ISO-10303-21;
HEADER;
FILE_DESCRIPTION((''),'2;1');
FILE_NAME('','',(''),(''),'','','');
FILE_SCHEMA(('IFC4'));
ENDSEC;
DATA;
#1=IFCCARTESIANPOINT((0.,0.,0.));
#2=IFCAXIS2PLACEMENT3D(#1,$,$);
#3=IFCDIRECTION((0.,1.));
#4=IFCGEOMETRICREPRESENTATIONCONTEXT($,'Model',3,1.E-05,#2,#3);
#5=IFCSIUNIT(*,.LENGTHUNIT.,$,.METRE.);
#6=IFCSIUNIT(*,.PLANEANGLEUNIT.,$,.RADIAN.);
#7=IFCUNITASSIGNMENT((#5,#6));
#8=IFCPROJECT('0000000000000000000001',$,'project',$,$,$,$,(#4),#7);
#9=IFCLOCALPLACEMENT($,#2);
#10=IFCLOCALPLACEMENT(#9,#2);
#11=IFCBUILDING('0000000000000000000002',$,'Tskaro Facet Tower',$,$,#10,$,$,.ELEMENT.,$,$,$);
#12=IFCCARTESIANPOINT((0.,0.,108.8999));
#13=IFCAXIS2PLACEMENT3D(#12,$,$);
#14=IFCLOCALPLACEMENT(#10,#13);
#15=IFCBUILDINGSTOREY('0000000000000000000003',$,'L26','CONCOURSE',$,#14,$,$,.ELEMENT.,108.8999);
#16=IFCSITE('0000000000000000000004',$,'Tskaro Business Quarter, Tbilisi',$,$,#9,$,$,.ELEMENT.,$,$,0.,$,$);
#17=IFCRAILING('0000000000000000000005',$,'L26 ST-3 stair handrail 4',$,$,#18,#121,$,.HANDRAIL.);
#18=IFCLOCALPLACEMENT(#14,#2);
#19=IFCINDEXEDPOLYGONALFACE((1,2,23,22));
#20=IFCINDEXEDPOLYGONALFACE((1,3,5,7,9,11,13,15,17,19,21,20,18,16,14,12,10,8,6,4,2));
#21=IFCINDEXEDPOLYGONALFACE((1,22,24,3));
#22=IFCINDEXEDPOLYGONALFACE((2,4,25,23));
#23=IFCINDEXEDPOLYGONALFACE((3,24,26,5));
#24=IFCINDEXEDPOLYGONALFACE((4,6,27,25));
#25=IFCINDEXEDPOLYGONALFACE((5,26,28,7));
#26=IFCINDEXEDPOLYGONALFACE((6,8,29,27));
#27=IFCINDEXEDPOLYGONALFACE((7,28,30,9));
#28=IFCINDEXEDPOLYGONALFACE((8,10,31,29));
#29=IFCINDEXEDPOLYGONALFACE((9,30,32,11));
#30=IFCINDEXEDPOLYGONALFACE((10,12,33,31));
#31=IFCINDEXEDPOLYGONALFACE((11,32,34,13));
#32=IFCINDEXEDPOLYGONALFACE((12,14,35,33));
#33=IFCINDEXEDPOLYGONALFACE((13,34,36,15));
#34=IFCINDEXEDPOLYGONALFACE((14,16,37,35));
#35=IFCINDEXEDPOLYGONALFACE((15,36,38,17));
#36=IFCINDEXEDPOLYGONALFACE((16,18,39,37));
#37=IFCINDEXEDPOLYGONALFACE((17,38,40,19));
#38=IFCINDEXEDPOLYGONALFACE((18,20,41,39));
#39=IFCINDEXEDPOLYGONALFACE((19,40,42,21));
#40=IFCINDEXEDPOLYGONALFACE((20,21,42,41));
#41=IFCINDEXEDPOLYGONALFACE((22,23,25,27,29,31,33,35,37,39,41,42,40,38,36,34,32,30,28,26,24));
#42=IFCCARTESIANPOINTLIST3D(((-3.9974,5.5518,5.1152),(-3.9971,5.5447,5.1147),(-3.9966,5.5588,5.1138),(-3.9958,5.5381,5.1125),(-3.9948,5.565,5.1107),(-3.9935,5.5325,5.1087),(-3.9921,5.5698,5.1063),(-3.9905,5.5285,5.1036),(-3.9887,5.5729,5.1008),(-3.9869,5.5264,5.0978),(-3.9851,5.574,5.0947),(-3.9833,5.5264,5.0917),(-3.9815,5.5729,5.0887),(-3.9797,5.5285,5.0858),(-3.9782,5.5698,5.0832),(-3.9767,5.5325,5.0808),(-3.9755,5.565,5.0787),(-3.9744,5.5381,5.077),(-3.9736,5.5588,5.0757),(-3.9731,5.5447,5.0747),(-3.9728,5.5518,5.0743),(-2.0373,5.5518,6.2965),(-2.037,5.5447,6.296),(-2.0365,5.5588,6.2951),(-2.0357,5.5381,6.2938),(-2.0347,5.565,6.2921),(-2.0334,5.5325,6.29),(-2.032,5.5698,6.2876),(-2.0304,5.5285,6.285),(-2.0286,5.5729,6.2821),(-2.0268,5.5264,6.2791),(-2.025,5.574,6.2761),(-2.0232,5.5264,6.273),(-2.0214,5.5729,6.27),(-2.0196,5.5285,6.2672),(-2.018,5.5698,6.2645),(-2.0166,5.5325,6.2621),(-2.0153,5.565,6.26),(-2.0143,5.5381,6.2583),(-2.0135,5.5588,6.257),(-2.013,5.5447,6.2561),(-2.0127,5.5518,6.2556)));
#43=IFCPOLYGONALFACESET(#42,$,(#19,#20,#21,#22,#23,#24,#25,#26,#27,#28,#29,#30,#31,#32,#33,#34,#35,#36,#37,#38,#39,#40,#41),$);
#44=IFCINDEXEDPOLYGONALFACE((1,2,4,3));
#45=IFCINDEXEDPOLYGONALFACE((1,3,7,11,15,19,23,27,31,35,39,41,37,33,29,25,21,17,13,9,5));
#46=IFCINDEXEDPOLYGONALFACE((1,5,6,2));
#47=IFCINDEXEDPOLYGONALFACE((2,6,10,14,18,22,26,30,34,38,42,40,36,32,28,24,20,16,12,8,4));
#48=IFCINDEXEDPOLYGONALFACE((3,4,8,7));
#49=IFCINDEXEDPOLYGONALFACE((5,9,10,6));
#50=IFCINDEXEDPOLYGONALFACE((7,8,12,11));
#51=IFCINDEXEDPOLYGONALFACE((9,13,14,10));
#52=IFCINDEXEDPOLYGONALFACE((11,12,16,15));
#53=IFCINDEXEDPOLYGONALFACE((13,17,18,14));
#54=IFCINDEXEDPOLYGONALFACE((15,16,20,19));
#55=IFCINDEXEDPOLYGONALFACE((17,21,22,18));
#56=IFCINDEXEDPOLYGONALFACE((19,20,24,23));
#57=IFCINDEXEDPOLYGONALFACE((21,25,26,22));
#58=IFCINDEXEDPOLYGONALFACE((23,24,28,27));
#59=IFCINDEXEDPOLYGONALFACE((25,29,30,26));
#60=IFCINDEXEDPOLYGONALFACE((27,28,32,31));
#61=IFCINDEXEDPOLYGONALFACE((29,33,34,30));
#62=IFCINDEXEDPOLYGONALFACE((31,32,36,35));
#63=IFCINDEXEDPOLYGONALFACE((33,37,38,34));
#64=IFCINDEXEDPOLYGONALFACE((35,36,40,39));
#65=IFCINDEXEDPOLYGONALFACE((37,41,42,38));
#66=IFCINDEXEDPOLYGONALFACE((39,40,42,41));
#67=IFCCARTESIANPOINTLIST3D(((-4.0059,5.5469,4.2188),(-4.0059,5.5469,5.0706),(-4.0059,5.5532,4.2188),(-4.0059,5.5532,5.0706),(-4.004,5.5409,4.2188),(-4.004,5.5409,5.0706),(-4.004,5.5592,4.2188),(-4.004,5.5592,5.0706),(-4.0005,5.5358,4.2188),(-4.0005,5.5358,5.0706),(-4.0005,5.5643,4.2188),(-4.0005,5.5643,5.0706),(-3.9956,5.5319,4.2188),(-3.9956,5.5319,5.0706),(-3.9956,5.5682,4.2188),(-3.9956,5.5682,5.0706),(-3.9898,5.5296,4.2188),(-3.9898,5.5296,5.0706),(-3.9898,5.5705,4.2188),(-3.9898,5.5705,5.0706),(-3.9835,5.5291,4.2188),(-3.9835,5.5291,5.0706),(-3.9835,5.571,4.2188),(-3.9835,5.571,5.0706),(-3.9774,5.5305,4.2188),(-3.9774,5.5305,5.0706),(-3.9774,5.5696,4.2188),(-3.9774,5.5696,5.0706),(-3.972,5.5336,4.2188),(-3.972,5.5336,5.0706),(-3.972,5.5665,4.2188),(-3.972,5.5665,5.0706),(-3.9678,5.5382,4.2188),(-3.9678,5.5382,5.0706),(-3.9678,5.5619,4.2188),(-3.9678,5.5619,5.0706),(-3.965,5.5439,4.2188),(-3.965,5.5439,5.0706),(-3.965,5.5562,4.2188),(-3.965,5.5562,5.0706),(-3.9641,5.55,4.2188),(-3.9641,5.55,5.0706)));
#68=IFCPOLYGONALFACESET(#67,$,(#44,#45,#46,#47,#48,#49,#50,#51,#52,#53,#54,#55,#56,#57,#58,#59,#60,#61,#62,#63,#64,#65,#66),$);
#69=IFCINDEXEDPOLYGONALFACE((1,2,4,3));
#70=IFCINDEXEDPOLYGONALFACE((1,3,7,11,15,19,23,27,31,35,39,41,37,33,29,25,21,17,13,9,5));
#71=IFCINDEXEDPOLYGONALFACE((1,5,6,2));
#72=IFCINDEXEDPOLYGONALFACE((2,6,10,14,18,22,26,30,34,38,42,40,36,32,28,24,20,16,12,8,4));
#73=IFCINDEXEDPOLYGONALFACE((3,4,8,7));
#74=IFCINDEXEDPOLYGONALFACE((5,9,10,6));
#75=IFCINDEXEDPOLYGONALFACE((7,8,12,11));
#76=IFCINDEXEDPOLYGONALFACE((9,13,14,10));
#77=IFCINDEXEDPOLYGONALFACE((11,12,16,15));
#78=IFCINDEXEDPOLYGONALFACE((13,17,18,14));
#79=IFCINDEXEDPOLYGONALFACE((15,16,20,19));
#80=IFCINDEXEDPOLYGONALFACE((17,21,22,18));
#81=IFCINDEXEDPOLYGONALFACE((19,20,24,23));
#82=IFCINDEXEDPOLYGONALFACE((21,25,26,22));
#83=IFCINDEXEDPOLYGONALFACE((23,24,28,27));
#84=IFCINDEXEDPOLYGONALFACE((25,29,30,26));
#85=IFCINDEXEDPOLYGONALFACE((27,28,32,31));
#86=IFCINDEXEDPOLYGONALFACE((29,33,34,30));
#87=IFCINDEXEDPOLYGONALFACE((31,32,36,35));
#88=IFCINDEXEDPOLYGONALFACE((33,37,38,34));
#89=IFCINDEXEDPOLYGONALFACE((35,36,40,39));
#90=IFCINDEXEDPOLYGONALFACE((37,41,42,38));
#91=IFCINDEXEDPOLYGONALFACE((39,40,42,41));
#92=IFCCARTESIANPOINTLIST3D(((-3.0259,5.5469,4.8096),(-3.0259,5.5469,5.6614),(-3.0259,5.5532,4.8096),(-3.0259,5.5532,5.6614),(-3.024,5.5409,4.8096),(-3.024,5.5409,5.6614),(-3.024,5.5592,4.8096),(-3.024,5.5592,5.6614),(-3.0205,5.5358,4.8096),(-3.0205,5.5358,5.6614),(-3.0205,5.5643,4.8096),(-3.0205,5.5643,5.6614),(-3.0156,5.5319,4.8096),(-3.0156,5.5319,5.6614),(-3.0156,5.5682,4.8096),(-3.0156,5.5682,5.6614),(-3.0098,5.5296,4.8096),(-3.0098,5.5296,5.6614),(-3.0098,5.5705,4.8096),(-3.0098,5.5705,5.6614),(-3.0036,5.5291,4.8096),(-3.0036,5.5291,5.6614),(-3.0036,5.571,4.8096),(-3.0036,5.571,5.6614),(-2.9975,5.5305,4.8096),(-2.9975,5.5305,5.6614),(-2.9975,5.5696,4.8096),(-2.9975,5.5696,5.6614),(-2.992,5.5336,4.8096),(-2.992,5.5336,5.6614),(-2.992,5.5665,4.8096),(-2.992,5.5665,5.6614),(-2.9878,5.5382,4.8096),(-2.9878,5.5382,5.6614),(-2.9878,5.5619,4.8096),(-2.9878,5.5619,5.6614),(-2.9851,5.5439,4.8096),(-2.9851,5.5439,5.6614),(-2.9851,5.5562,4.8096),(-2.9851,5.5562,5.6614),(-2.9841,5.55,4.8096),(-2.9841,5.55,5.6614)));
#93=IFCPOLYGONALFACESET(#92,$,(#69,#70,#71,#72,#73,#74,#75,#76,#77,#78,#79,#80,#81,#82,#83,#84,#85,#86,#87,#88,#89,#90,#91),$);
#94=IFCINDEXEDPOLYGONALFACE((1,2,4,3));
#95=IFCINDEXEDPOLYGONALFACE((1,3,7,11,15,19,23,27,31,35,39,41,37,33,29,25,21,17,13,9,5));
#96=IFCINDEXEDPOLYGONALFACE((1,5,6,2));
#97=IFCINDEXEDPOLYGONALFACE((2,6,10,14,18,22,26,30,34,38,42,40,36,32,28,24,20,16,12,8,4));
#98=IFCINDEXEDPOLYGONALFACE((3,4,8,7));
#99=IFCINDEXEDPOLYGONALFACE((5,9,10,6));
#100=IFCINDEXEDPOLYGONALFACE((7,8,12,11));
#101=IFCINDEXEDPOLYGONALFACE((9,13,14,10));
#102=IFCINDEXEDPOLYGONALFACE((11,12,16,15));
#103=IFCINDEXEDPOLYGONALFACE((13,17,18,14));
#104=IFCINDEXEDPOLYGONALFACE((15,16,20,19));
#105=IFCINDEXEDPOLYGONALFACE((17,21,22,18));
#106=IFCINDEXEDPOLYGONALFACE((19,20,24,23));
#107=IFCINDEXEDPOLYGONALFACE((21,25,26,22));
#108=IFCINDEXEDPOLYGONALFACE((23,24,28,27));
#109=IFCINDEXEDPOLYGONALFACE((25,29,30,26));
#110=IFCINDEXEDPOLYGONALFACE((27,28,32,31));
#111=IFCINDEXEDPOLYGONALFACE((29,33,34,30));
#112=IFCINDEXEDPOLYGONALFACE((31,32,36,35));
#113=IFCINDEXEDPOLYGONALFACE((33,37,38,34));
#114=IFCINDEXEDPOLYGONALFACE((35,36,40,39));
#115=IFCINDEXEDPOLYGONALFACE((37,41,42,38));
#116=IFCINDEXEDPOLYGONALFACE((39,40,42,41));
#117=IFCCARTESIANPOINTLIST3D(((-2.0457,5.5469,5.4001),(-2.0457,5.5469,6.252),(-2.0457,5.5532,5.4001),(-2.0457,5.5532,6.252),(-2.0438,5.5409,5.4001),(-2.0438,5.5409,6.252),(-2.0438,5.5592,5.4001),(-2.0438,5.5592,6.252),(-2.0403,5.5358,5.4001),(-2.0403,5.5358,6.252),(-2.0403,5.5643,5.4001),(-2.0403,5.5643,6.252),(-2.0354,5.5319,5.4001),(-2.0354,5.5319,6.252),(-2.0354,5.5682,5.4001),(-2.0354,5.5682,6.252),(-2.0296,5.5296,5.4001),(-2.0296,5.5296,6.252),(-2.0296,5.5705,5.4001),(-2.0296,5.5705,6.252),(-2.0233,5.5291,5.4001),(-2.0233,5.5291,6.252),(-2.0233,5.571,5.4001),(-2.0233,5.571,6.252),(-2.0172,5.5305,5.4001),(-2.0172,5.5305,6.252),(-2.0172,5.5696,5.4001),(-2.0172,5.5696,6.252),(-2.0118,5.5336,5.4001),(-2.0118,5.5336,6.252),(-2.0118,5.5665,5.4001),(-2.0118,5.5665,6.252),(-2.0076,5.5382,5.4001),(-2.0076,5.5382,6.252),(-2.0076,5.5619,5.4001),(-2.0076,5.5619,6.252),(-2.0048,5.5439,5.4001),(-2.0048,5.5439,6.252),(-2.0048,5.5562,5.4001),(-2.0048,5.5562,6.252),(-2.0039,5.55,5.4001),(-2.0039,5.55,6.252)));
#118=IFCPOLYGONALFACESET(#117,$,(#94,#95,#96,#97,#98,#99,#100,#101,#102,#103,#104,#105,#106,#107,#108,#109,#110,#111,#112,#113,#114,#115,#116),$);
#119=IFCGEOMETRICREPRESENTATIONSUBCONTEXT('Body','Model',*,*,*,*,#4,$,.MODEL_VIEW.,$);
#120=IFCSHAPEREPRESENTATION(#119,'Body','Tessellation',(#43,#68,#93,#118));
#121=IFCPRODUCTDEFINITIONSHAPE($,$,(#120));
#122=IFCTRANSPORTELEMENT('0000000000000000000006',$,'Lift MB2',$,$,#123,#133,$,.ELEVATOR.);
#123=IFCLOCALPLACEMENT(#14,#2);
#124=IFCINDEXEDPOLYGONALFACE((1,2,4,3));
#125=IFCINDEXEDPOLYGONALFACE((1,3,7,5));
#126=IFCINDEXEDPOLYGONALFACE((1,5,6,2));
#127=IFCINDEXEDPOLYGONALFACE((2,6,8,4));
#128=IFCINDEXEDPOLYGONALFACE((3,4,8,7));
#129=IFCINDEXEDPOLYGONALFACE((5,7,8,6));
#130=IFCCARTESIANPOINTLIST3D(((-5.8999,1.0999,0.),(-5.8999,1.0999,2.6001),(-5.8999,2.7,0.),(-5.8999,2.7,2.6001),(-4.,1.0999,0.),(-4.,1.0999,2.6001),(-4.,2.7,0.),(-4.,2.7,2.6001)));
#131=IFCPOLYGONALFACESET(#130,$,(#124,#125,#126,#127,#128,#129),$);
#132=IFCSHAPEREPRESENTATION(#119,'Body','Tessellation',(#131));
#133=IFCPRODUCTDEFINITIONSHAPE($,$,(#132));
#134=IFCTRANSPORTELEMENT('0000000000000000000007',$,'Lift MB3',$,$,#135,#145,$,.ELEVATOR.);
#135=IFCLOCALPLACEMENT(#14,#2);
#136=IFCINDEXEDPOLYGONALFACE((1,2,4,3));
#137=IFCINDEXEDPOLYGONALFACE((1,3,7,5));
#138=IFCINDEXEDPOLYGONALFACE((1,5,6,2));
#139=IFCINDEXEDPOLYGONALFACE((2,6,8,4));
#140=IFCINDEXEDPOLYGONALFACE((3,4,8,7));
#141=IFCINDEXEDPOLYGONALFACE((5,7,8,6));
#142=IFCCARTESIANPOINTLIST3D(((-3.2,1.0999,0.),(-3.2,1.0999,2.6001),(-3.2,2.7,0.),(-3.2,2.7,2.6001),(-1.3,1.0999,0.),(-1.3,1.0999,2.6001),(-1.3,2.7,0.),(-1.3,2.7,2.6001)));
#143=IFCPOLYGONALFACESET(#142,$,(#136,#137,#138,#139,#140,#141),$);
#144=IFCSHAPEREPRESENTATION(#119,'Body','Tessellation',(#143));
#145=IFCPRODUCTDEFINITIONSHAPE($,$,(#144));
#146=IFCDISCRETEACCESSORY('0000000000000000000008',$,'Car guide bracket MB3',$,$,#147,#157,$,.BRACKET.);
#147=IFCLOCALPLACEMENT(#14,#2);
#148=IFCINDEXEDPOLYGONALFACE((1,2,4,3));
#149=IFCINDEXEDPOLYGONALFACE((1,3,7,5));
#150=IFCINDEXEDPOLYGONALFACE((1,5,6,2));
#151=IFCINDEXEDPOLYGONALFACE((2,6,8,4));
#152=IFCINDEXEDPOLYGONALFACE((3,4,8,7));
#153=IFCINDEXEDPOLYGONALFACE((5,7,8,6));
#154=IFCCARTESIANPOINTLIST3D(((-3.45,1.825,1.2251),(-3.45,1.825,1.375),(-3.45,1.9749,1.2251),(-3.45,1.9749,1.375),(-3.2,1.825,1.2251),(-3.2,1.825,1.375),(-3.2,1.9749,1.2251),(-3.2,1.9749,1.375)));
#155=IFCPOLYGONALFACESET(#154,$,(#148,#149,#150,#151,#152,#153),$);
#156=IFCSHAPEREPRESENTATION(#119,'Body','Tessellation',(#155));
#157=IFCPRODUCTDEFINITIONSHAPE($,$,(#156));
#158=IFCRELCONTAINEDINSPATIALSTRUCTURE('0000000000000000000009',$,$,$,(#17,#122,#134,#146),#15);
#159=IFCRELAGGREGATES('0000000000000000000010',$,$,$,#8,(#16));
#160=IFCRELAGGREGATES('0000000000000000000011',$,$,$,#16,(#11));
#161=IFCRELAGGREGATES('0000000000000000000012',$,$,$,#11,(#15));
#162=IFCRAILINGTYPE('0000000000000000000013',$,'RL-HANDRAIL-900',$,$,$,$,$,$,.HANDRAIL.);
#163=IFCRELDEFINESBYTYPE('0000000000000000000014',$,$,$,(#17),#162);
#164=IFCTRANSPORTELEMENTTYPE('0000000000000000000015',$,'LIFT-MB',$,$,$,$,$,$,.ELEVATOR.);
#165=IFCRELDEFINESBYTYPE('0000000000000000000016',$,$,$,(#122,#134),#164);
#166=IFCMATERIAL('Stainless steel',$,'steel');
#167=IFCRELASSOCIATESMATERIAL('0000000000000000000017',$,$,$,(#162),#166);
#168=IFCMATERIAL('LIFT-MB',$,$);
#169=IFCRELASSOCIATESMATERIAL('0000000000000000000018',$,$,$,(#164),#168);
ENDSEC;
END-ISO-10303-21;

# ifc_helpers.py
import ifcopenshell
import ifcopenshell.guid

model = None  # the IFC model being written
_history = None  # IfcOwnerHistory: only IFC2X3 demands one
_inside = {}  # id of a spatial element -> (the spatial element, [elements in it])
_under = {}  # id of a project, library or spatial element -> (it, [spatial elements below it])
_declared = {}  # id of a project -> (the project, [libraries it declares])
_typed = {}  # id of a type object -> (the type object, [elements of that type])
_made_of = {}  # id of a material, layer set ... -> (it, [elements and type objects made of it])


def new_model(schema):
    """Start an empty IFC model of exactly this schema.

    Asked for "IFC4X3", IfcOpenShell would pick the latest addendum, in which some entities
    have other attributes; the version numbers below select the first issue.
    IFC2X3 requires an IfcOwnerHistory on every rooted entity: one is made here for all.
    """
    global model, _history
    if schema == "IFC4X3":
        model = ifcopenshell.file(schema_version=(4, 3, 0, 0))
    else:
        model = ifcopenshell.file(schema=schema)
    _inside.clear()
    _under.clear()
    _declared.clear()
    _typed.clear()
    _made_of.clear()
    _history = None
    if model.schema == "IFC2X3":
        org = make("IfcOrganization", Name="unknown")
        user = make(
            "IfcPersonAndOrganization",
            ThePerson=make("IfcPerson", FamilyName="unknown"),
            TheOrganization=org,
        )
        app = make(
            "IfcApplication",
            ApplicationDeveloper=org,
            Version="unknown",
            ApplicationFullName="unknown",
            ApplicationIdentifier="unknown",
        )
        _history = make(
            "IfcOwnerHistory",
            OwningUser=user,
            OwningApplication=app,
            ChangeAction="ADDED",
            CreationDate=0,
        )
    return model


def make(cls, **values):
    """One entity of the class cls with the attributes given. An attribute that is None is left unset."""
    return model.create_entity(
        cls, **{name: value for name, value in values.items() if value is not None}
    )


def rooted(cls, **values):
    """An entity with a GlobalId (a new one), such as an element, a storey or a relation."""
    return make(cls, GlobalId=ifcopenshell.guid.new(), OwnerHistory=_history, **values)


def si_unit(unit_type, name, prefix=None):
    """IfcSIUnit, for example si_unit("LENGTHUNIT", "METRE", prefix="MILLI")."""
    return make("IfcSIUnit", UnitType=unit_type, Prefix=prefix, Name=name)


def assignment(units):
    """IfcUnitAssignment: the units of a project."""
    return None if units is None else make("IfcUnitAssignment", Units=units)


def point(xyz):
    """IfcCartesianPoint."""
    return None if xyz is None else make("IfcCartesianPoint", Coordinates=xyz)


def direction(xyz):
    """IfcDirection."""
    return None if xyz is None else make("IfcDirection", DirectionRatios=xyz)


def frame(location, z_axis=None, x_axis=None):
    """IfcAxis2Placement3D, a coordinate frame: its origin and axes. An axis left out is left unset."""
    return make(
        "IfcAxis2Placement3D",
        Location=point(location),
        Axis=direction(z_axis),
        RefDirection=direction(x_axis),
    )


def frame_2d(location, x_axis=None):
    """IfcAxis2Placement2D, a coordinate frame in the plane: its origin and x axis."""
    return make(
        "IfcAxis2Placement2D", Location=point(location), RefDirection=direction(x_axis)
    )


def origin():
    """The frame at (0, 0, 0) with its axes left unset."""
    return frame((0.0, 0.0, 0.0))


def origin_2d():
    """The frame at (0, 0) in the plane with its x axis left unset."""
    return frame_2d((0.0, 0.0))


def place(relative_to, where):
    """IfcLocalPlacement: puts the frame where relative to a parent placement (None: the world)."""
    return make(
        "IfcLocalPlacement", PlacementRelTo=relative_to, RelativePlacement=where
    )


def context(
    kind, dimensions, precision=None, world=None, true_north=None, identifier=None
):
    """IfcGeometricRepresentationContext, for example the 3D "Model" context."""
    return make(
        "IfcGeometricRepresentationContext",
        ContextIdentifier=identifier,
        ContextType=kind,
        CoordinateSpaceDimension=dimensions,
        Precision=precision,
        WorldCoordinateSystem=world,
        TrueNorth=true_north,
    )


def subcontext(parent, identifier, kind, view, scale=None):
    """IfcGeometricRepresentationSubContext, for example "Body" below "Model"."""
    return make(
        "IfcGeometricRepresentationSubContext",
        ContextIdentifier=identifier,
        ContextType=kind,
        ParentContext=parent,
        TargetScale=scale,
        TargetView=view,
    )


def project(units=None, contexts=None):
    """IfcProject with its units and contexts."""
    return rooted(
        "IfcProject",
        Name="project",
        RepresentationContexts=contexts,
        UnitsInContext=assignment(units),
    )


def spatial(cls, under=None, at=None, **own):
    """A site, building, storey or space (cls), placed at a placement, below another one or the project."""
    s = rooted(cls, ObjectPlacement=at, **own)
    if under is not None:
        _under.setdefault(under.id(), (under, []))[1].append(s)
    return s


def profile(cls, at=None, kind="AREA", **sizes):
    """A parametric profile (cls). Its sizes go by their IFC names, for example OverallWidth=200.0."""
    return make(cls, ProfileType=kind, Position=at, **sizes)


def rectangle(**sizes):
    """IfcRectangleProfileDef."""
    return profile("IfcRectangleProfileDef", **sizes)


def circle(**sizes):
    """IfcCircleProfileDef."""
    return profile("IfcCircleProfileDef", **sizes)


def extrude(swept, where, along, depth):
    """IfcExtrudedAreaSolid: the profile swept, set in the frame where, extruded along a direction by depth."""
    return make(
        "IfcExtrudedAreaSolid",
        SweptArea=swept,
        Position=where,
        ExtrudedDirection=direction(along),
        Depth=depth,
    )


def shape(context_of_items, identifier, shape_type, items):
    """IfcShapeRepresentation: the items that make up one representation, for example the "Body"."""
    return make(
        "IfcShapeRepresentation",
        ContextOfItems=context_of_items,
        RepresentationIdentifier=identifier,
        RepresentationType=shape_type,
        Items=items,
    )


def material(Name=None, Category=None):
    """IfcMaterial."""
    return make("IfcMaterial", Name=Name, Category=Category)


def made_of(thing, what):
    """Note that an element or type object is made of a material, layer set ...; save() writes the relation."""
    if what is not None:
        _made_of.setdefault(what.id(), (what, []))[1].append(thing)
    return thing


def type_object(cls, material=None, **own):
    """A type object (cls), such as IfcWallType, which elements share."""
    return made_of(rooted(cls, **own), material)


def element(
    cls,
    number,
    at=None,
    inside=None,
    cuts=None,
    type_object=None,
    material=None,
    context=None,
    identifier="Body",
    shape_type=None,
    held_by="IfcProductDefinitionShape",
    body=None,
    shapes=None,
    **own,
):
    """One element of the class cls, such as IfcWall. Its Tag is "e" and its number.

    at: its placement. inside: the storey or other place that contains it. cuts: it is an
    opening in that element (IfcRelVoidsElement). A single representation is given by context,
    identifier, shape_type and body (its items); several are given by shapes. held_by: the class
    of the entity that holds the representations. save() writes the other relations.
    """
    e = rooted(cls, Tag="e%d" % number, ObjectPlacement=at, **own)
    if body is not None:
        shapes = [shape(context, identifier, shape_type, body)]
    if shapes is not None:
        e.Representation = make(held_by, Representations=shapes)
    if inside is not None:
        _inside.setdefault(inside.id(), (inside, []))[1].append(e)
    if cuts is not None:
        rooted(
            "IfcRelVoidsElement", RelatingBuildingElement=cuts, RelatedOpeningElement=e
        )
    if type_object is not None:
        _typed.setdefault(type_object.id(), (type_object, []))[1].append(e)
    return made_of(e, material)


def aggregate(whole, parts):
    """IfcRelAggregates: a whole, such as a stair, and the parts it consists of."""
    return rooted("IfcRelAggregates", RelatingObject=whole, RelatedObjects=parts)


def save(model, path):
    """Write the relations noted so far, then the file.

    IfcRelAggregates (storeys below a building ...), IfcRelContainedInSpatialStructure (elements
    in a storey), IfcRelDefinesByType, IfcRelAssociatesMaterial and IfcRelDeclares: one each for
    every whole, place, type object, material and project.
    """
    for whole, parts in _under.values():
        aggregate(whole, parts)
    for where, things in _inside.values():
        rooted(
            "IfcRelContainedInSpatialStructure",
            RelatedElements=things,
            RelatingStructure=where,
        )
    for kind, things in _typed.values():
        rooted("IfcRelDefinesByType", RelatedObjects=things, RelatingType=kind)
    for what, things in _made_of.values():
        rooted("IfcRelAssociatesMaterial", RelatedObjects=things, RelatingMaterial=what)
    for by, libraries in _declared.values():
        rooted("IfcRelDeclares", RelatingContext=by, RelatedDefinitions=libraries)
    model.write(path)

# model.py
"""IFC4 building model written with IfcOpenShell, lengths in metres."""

from ifc_helpers import new_model, si_unit, direction, frame, origin, origin_2d, place, context, subcontext, project, spatial, rectangle, circle, extrude, material, type_object, element, save


model = new_model("IFC4")

# Units and contexts
model_context = context("Model", 3, precision=1e-05, world=origin(), true_north=direction((0.0, 1.0)))
body_context = subcontext(model_context, "Body", "Model", "MODEL_VIEW")
ifc_project = project(units=[si_unit("LENGTHUNIT", "METRE"), si_unit("PLANEANGLEUNIT", "RADIAN")], contexts=[model_context])

# Site, building, storey
site_placement = place(None, origin())
site = spatial("IfcSite", under=ifc_project, at=site_placement, Name="Tskaro Business Quarter, Tbilisi", CompositionType="ELEMENT", RefElevation=0.0)
building_placement = place(site_placement, origin())
building = spatial("IfcBuilding", under=site, at=building_placement, Name="Tskaro Facet Tower", CompositionType="ELEMENT")
storey_placement = place(building_placement, frame((0.0, 0.0, 108.8999)))
storey = spatial("IfcBuildingStorey", under=building, at=storey_placement, Name="L26", Description="CONCOURSE", CompositionType="ELEMENT", Elevation=108.8999)

# Railing
ifc_material_1 = material(Name="Stainless steel", Category="steel")
railing_type_1 = type_object("IfcRailingType", Name="RL-HANDRAIL-900", PredefinedType="HANDRAIL", material=ifc_material_1)
railing_1_placement = place(storey_placement, frame((-3.9851, 5.55, 4.2188)))
element("IfcRailing", 1, at=railing_1_placement, inside=storey, type_object=railing_type_1, Name="L26 ST-3 stair handrail 4", PredefinedType="HANDRAIL", context=body_context, shape_type="SweptSolid", body=[
    extrude(circle(Radius=0.0239, at=origin_2d()), frame((0.0, 0.0, 0.876), z_axis=(0.856475, 0.0, 0.516189), x_axis=(0.0, 1.0, 0.0)), (0.0, 0.0, 1.0), 2.2886),
    extrude(circle(Radius=0.021, at=origin_2d()), origin(), (0.0, 0.0, 1.0), 0.8518),
    extrude(circle(Radius=0.021, at=origin_2d()), frame((0.98, 0.0, 0.5908)), (0.0, 0.0, 1.0), 0.8518),
    extrude(circle(Radius=0.021, at=origin_2d()), frame((1.9602, 0.0, 1.1814)), (0.0, 0.0, 1.0), 0.8518),
])

# Transport elements
ifc_material_2 = material(Name="LIFT-MB")
transport_element_type = type_object("IfcTransportElementType", Name="LIFT-MB", PredefinedType="ELEVATOR", material=ifc_material_2)
for number, where, z_axis, x_axis, name in (
    (2, (-4.95, 1.8999, 0.0), (0.0, 0.0, 1.0), (1.0, 0.0, 0.0), "Lift MB2"),
    (3, (-2.25, 1.8999, 0.0), (0.0, 0.0, 1.0), (1.0, 0.0, 0.0), "Lift MB3"),
):
    element("IfcTransportElement", number, at=place(storey_placement, frame(where, z_axis=z_axis, x_axis=x_axis)), inside=storey, type_object=transport_element_type, Name=name, PredefinedType="ELEVATOR", context=body_context, shape_type="SweptSolid", body=[
        extrude(rectangle(XDim=1.8999, YDim=1.6001, at=origin_2d()), origin(), (0.0, 0.0, 1.0), 2.6001),
    ])

# Discrete accessory
discrete_accessory_placement = place(storey_placement, frame((-3.325, 1.8999, 1.2251), z_axis=(0.0, 0.0, 1.0), x_axis=(1.0, 0.0, 0.0)))
element("IfcDiscreteAccessory", 4, at=discrete_accessory_placement, inside=storey, Name="Car guide bracket MB3", PredefinedType="BRACKET", context=body_context, shape_type="SweptSolid", body=[
    extrude(rectangle(XDim=0.25, YDim=0.1499, at=origin_2d()), origin(), (0.0, 0.0, 1.0), 0.1499),
])

save(model, "model.ifc")
